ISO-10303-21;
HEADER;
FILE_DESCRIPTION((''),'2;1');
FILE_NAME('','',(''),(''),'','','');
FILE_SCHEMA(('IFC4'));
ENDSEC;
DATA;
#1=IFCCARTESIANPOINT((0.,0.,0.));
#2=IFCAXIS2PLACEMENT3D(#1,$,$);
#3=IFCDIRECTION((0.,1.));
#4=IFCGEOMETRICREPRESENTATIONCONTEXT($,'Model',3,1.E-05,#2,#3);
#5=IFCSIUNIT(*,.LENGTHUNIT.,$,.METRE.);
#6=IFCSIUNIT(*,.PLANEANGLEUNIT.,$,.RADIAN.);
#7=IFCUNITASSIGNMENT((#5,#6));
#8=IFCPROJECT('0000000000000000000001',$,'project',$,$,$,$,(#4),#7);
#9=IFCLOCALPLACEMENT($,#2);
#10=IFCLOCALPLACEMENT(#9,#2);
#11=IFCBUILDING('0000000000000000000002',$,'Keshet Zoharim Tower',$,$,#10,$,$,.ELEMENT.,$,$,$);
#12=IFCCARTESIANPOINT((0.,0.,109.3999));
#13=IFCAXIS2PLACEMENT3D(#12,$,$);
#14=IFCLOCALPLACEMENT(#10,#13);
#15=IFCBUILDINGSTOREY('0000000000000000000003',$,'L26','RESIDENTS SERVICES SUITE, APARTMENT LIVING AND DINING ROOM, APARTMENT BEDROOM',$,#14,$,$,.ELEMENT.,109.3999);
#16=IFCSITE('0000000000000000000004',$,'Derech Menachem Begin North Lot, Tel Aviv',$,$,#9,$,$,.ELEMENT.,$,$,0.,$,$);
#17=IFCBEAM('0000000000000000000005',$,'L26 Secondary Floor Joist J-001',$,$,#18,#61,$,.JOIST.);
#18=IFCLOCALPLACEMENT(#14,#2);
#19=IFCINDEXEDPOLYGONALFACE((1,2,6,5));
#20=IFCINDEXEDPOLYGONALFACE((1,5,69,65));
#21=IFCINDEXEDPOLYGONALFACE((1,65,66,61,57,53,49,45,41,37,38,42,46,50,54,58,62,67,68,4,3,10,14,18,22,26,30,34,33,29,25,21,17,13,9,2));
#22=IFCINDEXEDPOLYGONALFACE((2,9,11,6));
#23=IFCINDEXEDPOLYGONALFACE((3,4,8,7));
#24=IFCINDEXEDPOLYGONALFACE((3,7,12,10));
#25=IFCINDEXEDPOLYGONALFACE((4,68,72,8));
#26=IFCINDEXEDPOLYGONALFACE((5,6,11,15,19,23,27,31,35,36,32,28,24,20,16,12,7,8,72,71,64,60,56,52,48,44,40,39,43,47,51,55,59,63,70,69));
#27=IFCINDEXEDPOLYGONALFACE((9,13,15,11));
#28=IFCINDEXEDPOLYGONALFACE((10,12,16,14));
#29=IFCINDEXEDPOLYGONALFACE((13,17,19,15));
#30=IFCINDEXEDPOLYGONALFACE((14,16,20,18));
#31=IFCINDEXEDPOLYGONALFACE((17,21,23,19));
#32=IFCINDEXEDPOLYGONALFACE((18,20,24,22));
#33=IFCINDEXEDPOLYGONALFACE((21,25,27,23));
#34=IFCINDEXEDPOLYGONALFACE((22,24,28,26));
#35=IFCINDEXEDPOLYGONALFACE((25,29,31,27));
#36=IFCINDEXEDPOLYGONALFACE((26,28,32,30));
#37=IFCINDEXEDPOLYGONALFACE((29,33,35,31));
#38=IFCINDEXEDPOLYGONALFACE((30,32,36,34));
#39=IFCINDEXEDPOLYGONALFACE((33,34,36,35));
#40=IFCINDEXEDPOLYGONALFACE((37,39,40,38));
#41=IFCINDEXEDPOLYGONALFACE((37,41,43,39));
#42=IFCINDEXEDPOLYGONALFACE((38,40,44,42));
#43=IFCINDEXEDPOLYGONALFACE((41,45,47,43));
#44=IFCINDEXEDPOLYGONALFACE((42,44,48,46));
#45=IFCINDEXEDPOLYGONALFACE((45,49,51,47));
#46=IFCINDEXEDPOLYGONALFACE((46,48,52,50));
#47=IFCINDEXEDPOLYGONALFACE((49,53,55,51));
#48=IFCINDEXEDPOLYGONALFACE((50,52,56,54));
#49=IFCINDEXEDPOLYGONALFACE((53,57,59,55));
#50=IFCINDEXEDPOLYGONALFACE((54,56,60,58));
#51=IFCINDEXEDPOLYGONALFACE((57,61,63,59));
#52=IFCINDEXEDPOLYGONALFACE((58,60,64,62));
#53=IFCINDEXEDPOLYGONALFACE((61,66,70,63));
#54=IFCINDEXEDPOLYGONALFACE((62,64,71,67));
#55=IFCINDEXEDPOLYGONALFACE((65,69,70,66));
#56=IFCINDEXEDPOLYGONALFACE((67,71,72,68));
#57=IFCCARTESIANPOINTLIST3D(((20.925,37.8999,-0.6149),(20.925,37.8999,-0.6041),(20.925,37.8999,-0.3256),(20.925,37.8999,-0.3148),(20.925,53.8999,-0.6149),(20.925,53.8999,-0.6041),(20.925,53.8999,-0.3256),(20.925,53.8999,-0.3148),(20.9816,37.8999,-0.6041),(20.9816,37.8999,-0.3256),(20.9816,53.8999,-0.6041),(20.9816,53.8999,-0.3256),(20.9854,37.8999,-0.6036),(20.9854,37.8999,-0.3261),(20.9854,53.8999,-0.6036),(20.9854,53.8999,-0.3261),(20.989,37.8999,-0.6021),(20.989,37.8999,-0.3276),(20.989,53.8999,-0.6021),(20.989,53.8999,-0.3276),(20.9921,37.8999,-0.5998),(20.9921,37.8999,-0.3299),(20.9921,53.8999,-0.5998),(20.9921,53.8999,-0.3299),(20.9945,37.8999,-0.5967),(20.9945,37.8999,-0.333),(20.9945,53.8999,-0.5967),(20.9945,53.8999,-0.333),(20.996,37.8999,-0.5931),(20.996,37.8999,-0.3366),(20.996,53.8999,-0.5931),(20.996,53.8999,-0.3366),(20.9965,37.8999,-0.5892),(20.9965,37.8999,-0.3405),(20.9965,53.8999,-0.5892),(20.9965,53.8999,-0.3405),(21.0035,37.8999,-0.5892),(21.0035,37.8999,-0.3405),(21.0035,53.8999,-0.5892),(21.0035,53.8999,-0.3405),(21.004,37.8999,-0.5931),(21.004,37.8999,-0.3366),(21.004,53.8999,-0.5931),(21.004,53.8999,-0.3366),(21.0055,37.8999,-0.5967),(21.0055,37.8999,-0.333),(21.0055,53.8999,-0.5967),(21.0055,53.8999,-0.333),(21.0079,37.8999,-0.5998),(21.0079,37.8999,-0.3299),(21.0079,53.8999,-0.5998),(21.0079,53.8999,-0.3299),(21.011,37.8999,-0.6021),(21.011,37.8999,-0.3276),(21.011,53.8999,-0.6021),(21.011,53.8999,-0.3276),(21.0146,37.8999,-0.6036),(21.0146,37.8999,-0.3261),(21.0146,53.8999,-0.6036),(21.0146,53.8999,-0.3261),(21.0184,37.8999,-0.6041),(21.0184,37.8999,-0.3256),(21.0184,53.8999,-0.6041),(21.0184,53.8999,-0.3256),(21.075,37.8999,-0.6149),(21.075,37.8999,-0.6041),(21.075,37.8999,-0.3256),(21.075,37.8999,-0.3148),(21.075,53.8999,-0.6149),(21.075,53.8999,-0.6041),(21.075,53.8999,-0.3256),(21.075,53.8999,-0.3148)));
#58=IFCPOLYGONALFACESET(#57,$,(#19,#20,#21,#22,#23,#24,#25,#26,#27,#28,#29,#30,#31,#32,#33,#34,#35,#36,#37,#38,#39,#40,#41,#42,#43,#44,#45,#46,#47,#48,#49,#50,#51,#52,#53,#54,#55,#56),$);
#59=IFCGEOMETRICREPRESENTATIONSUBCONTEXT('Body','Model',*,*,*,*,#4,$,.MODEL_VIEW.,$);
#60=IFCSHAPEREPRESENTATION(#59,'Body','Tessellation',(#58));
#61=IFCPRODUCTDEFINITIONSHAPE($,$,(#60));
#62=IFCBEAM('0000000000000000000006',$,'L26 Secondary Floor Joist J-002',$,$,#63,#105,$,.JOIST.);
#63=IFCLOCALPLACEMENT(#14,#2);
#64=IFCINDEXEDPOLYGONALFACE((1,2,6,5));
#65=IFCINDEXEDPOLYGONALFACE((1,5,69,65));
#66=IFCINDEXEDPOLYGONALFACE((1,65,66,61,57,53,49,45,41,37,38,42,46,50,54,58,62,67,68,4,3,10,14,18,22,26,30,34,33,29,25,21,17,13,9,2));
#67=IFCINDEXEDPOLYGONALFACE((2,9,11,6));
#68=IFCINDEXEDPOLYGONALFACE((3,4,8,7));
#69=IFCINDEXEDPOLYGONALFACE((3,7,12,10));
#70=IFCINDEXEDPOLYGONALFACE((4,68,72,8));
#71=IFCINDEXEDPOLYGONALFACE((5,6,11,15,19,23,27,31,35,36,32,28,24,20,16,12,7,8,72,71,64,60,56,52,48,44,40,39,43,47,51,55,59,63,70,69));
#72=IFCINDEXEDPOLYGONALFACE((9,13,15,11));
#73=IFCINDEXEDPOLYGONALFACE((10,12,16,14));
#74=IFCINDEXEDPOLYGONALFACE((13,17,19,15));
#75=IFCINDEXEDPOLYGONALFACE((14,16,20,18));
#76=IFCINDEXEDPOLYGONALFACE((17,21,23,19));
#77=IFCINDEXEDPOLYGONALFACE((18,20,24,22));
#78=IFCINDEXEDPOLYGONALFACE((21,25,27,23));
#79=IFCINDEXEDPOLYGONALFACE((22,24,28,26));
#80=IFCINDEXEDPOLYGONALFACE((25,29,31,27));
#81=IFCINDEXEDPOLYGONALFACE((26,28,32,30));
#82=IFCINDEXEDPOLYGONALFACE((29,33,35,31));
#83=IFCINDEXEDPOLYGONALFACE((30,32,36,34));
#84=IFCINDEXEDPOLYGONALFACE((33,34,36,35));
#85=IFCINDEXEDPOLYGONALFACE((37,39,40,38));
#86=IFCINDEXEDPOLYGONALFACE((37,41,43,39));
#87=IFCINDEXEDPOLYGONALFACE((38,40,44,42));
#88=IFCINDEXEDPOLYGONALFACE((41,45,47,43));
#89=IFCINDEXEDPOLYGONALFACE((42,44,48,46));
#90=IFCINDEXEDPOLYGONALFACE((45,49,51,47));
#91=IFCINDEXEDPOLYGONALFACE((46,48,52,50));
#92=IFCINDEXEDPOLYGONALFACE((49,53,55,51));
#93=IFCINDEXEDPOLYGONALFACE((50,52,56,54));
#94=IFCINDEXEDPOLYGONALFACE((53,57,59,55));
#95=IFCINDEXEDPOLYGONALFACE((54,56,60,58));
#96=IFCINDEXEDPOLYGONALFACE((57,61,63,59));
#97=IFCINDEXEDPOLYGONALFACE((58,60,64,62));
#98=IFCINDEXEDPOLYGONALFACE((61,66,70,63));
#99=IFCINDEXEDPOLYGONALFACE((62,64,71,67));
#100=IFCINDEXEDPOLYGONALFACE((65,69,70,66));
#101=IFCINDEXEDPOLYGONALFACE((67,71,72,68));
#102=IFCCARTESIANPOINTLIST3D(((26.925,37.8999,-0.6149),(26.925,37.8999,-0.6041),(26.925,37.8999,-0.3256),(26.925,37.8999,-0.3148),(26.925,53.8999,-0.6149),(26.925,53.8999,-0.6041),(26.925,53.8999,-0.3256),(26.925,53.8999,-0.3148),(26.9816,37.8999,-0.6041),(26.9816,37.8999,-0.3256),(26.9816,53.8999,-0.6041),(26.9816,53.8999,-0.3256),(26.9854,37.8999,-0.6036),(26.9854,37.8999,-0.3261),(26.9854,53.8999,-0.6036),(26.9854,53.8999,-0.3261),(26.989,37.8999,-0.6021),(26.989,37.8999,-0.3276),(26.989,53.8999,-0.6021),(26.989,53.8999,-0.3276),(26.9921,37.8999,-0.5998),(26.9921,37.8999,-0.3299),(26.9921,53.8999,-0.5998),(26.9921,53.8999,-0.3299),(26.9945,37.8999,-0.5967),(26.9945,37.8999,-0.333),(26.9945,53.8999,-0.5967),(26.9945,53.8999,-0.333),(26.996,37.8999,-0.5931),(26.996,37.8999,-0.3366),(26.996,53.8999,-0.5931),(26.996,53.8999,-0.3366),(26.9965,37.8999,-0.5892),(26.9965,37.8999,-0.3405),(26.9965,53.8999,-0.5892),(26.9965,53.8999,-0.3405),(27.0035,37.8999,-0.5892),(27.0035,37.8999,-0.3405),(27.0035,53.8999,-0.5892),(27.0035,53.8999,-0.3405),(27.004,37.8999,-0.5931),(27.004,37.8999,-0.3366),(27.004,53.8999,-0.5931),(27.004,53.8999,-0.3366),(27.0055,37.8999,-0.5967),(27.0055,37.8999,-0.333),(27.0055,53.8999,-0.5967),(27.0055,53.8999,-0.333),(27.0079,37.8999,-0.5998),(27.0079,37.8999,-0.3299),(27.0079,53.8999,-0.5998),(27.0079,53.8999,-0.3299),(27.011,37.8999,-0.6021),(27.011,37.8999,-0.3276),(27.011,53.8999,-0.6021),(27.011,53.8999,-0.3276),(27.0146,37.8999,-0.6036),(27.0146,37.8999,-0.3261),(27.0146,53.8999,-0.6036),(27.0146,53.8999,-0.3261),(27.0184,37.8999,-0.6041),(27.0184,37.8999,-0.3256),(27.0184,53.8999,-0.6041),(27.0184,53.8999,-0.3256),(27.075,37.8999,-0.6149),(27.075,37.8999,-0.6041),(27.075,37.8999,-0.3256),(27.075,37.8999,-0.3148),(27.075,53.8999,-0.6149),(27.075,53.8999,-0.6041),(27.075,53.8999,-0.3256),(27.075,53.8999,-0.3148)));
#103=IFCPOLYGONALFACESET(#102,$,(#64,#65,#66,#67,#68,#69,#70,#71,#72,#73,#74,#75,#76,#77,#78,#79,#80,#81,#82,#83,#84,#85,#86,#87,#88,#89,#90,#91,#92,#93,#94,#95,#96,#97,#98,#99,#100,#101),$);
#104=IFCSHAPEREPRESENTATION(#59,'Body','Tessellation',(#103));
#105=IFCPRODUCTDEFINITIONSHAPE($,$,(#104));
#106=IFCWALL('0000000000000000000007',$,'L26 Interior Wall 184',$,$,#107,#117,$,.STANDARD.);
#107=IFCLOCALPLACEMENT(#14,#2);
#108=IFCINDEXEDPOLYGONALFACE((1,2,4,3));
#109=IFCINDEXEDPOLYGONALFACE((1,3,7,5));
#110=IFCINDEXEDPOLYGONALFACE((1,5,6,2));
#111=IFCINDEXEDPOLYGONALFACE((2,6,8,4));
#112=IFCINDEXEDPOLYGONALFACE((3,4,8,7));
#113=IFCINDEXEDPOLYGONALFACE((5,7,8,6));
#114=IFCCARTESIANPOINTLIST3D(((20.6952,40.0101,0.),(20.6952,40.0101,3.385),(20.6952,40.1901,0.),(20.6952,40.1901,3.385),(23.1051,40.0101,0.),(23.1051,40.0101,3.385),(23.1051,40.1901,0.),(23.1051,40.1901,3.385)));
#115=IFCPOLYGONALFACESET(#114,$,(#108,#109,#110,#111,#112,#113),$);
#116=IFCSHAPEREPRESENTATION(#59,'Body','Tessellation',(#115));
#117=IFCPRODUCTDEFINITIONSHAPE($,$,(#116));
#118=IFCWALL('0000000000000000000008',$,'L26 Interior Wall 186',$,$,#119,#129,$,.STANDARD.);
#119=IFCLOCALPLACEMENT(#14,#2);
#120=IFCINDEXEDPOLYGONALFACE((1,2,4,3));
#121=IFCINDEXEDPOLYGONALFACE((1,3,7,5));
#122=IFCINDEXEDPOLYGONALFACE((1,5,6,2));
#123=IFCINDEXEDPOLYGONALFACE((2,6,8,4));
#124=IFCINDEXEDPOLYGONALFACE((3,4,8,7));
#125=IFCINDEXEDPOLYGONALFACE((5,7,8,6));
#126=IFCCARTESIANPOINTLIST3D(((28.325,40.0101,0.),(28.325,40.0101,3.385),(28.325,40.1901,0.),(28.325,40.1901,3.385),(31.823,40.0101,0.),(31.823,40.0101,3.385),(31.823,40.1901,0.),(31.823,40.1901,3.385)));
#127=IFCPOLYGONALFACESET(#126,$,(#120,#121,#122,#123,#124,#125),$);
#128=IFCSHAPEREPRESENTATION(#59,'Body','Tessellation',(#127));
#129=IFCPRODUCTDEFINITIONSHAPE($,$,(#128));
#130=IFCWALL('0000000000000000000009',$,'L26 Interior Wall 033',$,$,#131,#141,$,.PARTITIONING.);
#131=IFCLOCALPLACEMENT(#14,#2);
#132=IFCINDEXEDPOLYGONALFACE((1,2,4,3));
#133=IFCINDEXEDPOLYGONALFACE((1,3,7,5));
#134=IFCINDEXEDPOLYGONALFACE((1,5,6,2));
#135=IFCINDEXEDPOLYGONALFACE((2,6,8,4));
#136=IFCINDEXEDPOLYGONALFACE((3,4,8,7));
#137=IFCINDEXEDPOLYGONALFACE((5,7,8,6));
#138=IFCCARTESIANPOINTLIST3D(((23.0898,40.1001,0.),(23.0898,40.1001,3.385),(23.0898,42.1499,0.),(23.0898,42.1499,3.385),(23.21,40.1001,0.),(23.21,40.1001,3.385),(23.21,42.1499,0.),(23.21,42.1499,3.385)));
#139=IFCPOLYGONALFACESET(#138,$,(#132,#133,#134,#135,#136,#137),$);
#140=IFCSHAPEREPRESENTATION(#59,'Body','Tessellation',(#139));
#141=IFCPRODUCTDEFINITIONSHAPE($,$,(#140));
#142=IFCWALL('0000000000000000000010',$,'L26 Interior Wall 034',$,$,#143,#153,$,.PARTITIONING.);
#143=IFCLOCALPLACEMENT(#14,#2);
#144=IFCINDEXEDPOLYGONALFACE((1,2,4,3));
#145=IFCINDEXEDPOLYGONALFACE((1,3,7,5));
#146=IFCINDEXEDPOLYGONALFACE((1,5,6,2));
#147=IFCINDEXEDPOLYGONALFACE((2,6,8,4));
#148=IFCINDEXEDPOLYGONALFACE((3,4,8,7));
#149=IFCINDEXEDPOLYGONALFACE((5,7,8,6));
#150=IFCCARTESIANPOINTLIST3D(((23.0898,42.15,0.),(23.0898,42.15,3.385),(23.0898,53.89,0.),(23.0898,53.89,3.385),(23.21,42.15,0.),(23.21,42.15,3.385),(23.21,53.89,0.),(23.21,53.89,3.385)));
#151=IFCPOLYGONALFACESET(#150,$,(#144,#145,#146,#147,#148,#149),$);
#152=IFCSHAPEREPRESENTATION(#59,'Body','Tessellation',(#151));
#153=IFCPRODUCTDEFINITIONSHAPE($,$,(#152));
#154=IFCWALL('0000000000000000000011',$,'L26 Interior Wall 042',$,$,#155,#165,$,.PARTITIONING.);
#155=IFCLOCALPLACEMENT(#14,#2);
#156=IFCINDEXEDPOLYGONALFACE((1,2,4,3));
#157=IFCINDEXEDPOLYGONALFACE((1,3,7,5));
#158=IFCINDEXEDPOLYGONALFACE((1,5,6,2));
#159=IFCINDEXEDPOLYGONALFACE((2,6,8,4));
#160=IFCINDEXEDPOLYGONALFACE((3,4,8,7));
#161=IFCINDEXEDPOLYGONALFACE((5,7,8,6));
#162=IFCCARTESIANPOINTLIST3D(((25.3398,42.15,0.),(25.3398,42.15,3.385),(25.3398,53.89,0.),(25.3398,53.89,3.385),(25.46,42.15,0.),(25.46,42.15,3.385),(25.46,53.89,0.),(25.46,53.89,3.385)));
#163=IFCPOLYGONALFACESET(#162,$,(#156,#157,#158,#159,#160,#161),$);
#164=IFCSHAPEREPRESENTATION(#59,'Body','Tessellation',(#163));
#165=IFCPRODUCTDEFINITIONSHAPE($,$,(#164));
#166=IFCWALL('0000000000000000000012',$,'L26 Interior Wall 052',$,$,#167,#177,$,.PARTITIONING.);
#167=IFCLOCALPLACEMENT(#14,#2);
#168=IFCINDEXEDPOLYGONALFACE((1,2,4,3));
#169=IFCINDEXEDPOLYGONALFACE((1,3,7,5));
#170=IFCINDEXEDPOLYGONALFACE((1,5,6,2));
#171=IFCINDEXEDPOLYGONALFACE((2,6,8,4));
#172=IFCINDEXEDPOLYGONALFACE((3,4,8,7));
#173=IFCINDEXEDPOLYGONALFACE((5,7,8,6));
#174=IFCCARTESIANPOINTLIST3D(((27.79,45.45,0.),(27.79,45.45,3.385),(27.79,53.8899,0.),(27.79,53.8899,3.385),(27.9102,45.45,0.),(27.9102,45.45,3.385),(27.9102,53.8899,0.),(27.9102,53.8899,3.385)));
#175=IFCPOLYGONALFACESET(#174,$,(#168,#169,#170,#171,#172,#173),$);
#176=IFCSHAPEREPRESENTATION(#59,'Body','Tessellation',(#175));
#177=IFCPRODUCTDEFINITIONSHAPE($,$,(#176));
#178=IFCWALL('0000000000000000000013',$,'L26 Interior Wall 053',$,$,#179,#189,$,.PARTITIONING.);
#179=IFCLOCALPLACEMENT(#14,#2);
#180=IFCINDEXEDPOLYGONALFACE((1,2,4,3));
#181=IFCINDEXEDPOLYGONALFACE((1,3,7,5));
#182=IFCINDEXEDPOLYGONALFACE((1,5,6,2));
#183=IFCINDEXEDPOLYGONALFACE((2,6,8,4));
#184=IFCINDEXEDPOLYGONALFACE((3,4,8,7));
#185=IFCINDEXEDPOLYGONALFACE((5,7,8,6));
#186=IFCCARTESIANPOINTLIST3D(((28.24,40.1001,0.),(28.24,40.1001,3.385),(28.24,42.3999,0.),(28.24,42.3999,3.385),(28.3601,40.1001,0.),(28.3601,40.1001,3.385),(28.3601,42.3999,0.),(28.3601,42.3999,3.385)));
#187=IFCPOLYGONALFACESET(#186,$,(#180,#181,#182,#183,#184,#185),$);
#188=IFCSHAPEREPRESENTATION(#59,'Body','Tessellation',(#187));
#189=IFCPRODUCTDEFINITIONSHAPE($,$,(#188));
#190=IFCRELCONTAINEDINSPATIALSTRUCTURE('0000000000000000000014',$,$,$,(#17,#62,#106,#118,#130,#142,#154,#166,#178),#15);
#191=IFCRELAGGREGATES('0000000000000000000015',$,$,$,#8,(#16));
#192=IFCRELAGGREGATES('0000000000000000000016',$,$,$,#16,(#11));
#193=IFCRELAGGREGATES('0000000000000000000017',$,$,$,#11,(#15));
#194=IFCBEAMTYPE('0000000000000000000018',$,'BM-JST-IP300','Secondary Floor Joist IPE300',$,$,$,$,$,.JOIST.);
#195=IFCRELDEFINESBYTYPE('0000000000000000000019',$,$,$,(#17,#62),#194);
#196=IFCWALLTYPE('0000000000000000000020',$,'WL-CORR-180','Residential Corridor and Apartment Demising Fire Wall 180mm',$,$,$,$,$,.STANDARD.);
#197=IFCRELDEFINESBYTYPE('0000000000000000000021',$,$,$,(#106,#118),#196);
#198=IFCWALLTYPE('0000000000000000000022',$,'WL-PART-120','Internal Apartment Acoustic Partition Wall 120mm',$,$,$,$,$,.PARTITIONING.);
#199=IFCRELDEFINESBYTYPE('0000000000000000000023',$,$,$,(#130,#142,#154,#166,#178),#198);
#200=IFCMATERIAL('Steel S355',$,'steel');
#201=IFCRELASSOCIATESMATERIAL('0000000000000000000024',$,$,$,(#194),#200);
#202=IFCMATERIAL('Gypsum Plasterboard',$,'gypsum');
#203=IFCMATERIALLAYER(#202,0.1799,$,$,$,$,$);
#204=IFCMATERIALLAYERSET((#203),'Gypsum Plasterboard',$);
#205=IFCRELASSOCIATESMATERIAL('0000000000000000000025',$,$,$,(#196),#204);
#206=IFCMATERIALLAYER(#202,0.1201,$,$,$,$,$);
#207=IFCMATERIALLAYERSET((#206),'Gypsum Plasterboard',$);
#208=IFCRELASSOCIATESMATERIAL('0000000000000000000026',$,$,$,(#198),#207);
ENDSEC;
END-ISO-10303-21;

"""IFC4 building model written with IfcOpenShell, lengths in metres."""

from ifc_helpers import new_model, si_unit, direction, frame, frame_2d, origin, origin_2d, place, context, subcontext, project, spatial, rectangle, i_section, extrude, material, layer, layer_set, material_profile, profile_set, type_object, element, save


model = new_model("IFC4")

# Units and contexts
model_context = context("Model", 3, precision=1e-05, world=origin(), true_north=direction((0.0, 1.0)))
body_context = subcontext(model_context, "Body", "Model", "MODEL_VIEW")
ifc_project = project(units=[si_unit("LENGTHUNIT", "METRE"), si_unit("PLANEANGLEUNIT", "RADIAN")], contexts=[model_context])

# Site, building, storey
site_placement = place(None, origin())
site = spatial("IfcSite", under=ifc_project, at=site_placement, Name="Derech Menachem Begin North Lot, Tel Aviv", CompositionType="ELEMENT", RefElevation=0.0)
building_placement = place(site_placement, origin())
building = spatial("IfcBuilding", under=site, at=building_placement, Name="Keshet Zoharim Tower", CompositionType="ELEMENT")
storey_placement = place(building_placement, frame((0.0, 0.0, 109.3999)))
storey = spatial("IfcBuildingStorey", under=building, at=storey_placement, Name="L26", Description="RESIDENTS SERVICES SUITE, APARTMENT LIVING AND DINING ROOM, APARTMENT BEDROOM", CompositionType="ELEMENT", Elevation=109.3999)

# Beams
ifc_material_1 = material(Name="Steel S355", Category="steel")
ifc_material_profile = material_profile(ifc_material_1, i_section(OverallWidth=0.1499, OverallDepth=0.3, WebThickness=0.0071, FlangeThickness=0.0107, FilletRadius=0.0149, at=origin_2d()), Name="IPE300")
ifc_profile_set = profile_set([ifc_material_profile], Name="Steel S355")
beam_type = type_object("IfcBeamType", Name="BM-JST-IP300", Description="Secondary Floor Joist IPE300", PredefinedType="JOIST", material=ifc_profile_set)
for number, where, z_axis, x_axis, name in (
    (1, (21.0, 37.8999, -0.4648), (0.0, 1.0, 0.0), (-1.0, 0.0, 0.0), "L26 Secondary Floor Joist J-001"),
    (2, (27.0, 37.8999, -0.4648), (0.0, 1.0, 0.0), (-1.0, 0.0, 0.0), "L26 Secondary Floor Joist J-002"),
):
    element("IfcBeam", number, at=place(storey_placement, frame(where, z_axis=z_axis, x_axis=x_axis)), inside=storey, type_object=beam_type, Name=name, PredefinedType="JOIST", context=body_context, shape_type="SweptSolid", body=[
        extrude(i_section(OverallWidth=0.1499, OverallDepth=0.3, WebThickness=0.0071, FlangeThickness=0.0107, FilletRadius=0.0149, at=origin_2d()), origin(), (0.0, 0.0, 1.0), 16.0),
    ])

# Wall
ifc_material_2 = material(Name="Gypsum Plasterboard", Category="gypsum")
ifc_layer_1 = layer(ifc_material_2, 0.1799)
ifc_layer_set_1 = layer_set([ifc_layer_1], Name="Gypsum Plasterboard")
wall_type_1 = type_object("IfcWallType", Name="WL-CORR-180", Description="Residential Corridor and Apartment Demising Fire Wall 180mm", PredefinedType="STANDARD", material=ifc_layer_set_1)
wall_1_placement = place(storey_placement, frame((20.6951, 40.1001, 0.0), z_axis=(0.0, 0.0, 1.0), x_axis=(1.0, 0.0, 0.0)))
element("IfcWall", 3, at=wall_1_placement, inside=storey, type_object=wall_type_1, Name="L26 Interior Wall 184", PredefinedType="STANDARD", context=body_context, shape_type="SweptSolid", body=[
    extrude(rectangle(XDim=2.4099, YDim=0.1799, at=frame_2d((1.2051, 0.0))), origin(), (0.0, 0.0, 1.0), 3.385),
])

# Wall
wall_2_placement = place(storey_placement, frame((28.325, 40.1001, 0.0), z_axis=(0.0, 0.0, 1.0), x_axis=(1.0, 0.0, 0.0)))
element("IfcWall", 4, at=wall_2_placement, inside=storey, type_object=wall_type_1, Name="L26 Interior Wall 186", PredefinedType="STANDARD", context=body_context, shape_type="SweptSolid", body=[
    extrude(rectangle(XDim=3.498, YDim=0.1799, at=frame_2d((1.749, 0.0))), origin(), (0.0, 0.0, 1.0), 3.385),
])

# Shared definitions
ifc_layer_2 = layer(ifc_material_2, 0.1201)
ifc_layer_set_2 = layer_set([ifc_layer_2], Name="Gypsum Plasterboard")
wall_type_2 = type_object("IfcWallType", Name="WL-PART-120", Description="Internal Apartment Acoustic Partition Wall 120mm", PredefinedType="PARTITIONING", material=ifc_layer_set_2)

# Walls
wall_3_placement = place(storey_placement, frame((23.1499, 40.1001, 0.0), z_axis=(0.0, 0.0, 1.0), x_axis=(0.0, 1.0, 0.0)))
element("IfcWall", 5, at=wall_3_placement, inside=storey, type_object=wall_type_2, Name="L26 Interior Wall 033", PredefinedType="PARTITIONING", context=body_context, shape_type="SweptSolid", body=[
    extrude(rectangle(XDim=2.0498, YDim=0.1201, at=frame_2d((1.0249, 0.0))), origin(), (0.0, 0.0, 1.0), 3.385),
])
for number, where, z_axis, x_axis, name in (
    (6, (23.1499, 42.1499, 0.0), (0.0, 0.0, 1.0), (0.0, 1.0, 0.0), "L26 Interior Wall 034"),
    (7, (25.3999, 42.1499, 0.0), (0.0, 0.0, 1.0), (0.0, 1.0, 0.0), "L26 Interior Wall 042"),
):
    element("IfcWall", number, at=place(storey_placement, frame(where, z_axis=z_axis, x_axis=x_axis)), inside=storey, type_object=wall_type_2, Name=name, PredefinedType="PARTITIONING", context=body_context, shape_type="SweptSolid", body=[
        extrude(rectangle(XDim=11.74, YDim=0.1201, at=frame_2d((5.8701, 0.0))), origin(), (0.0, 0.0, 1.0), 3.385),
    ])
wall_4_placement = place(storey_placement, frame((27.8501, 45.45, 0.0), z_axis=(0.0, 0.0, 1.0), x_axis=(0.0, 1.0, 0.0)))
element("IfcWall", 8, at=wall_4_placement, inside=storey, type_object=wall_type_2, Name="L26 Interior Wall 052", PredefinedType="PARTITIONING", context=body_context, shape_type="SweptSolid", body=[
    extrude(rectangle(XDim=8.4399, YDim=0.1201, at=frame_2d((4.22, 0.0))), origin(), (0.0, 0.0, 1.0), 3.385),
])
wall_5_placement = place(storey_placement, frame((28.3, 40.1001, 0.0), z_axis=(0.0, 0.0, 1.0), x_axis=(0.0, 1.0, 0.0)))
element("IfcWall", 9, at=wall_5_placement, inside=storey, type_object=wall_type_2, Name="L26 Interior Wall 053", PredefinedType="PARTITIONING", context=body_context, shape_type="SweptSolid", body=[
    extrude(rectangle(XDim=2.2998, YDim=0.1201, at=frame_2d((1.1499, 0.0))), origin(), (0.0, 0.0, 1.0), 3.385),
])

save(model, "model.ifc")
